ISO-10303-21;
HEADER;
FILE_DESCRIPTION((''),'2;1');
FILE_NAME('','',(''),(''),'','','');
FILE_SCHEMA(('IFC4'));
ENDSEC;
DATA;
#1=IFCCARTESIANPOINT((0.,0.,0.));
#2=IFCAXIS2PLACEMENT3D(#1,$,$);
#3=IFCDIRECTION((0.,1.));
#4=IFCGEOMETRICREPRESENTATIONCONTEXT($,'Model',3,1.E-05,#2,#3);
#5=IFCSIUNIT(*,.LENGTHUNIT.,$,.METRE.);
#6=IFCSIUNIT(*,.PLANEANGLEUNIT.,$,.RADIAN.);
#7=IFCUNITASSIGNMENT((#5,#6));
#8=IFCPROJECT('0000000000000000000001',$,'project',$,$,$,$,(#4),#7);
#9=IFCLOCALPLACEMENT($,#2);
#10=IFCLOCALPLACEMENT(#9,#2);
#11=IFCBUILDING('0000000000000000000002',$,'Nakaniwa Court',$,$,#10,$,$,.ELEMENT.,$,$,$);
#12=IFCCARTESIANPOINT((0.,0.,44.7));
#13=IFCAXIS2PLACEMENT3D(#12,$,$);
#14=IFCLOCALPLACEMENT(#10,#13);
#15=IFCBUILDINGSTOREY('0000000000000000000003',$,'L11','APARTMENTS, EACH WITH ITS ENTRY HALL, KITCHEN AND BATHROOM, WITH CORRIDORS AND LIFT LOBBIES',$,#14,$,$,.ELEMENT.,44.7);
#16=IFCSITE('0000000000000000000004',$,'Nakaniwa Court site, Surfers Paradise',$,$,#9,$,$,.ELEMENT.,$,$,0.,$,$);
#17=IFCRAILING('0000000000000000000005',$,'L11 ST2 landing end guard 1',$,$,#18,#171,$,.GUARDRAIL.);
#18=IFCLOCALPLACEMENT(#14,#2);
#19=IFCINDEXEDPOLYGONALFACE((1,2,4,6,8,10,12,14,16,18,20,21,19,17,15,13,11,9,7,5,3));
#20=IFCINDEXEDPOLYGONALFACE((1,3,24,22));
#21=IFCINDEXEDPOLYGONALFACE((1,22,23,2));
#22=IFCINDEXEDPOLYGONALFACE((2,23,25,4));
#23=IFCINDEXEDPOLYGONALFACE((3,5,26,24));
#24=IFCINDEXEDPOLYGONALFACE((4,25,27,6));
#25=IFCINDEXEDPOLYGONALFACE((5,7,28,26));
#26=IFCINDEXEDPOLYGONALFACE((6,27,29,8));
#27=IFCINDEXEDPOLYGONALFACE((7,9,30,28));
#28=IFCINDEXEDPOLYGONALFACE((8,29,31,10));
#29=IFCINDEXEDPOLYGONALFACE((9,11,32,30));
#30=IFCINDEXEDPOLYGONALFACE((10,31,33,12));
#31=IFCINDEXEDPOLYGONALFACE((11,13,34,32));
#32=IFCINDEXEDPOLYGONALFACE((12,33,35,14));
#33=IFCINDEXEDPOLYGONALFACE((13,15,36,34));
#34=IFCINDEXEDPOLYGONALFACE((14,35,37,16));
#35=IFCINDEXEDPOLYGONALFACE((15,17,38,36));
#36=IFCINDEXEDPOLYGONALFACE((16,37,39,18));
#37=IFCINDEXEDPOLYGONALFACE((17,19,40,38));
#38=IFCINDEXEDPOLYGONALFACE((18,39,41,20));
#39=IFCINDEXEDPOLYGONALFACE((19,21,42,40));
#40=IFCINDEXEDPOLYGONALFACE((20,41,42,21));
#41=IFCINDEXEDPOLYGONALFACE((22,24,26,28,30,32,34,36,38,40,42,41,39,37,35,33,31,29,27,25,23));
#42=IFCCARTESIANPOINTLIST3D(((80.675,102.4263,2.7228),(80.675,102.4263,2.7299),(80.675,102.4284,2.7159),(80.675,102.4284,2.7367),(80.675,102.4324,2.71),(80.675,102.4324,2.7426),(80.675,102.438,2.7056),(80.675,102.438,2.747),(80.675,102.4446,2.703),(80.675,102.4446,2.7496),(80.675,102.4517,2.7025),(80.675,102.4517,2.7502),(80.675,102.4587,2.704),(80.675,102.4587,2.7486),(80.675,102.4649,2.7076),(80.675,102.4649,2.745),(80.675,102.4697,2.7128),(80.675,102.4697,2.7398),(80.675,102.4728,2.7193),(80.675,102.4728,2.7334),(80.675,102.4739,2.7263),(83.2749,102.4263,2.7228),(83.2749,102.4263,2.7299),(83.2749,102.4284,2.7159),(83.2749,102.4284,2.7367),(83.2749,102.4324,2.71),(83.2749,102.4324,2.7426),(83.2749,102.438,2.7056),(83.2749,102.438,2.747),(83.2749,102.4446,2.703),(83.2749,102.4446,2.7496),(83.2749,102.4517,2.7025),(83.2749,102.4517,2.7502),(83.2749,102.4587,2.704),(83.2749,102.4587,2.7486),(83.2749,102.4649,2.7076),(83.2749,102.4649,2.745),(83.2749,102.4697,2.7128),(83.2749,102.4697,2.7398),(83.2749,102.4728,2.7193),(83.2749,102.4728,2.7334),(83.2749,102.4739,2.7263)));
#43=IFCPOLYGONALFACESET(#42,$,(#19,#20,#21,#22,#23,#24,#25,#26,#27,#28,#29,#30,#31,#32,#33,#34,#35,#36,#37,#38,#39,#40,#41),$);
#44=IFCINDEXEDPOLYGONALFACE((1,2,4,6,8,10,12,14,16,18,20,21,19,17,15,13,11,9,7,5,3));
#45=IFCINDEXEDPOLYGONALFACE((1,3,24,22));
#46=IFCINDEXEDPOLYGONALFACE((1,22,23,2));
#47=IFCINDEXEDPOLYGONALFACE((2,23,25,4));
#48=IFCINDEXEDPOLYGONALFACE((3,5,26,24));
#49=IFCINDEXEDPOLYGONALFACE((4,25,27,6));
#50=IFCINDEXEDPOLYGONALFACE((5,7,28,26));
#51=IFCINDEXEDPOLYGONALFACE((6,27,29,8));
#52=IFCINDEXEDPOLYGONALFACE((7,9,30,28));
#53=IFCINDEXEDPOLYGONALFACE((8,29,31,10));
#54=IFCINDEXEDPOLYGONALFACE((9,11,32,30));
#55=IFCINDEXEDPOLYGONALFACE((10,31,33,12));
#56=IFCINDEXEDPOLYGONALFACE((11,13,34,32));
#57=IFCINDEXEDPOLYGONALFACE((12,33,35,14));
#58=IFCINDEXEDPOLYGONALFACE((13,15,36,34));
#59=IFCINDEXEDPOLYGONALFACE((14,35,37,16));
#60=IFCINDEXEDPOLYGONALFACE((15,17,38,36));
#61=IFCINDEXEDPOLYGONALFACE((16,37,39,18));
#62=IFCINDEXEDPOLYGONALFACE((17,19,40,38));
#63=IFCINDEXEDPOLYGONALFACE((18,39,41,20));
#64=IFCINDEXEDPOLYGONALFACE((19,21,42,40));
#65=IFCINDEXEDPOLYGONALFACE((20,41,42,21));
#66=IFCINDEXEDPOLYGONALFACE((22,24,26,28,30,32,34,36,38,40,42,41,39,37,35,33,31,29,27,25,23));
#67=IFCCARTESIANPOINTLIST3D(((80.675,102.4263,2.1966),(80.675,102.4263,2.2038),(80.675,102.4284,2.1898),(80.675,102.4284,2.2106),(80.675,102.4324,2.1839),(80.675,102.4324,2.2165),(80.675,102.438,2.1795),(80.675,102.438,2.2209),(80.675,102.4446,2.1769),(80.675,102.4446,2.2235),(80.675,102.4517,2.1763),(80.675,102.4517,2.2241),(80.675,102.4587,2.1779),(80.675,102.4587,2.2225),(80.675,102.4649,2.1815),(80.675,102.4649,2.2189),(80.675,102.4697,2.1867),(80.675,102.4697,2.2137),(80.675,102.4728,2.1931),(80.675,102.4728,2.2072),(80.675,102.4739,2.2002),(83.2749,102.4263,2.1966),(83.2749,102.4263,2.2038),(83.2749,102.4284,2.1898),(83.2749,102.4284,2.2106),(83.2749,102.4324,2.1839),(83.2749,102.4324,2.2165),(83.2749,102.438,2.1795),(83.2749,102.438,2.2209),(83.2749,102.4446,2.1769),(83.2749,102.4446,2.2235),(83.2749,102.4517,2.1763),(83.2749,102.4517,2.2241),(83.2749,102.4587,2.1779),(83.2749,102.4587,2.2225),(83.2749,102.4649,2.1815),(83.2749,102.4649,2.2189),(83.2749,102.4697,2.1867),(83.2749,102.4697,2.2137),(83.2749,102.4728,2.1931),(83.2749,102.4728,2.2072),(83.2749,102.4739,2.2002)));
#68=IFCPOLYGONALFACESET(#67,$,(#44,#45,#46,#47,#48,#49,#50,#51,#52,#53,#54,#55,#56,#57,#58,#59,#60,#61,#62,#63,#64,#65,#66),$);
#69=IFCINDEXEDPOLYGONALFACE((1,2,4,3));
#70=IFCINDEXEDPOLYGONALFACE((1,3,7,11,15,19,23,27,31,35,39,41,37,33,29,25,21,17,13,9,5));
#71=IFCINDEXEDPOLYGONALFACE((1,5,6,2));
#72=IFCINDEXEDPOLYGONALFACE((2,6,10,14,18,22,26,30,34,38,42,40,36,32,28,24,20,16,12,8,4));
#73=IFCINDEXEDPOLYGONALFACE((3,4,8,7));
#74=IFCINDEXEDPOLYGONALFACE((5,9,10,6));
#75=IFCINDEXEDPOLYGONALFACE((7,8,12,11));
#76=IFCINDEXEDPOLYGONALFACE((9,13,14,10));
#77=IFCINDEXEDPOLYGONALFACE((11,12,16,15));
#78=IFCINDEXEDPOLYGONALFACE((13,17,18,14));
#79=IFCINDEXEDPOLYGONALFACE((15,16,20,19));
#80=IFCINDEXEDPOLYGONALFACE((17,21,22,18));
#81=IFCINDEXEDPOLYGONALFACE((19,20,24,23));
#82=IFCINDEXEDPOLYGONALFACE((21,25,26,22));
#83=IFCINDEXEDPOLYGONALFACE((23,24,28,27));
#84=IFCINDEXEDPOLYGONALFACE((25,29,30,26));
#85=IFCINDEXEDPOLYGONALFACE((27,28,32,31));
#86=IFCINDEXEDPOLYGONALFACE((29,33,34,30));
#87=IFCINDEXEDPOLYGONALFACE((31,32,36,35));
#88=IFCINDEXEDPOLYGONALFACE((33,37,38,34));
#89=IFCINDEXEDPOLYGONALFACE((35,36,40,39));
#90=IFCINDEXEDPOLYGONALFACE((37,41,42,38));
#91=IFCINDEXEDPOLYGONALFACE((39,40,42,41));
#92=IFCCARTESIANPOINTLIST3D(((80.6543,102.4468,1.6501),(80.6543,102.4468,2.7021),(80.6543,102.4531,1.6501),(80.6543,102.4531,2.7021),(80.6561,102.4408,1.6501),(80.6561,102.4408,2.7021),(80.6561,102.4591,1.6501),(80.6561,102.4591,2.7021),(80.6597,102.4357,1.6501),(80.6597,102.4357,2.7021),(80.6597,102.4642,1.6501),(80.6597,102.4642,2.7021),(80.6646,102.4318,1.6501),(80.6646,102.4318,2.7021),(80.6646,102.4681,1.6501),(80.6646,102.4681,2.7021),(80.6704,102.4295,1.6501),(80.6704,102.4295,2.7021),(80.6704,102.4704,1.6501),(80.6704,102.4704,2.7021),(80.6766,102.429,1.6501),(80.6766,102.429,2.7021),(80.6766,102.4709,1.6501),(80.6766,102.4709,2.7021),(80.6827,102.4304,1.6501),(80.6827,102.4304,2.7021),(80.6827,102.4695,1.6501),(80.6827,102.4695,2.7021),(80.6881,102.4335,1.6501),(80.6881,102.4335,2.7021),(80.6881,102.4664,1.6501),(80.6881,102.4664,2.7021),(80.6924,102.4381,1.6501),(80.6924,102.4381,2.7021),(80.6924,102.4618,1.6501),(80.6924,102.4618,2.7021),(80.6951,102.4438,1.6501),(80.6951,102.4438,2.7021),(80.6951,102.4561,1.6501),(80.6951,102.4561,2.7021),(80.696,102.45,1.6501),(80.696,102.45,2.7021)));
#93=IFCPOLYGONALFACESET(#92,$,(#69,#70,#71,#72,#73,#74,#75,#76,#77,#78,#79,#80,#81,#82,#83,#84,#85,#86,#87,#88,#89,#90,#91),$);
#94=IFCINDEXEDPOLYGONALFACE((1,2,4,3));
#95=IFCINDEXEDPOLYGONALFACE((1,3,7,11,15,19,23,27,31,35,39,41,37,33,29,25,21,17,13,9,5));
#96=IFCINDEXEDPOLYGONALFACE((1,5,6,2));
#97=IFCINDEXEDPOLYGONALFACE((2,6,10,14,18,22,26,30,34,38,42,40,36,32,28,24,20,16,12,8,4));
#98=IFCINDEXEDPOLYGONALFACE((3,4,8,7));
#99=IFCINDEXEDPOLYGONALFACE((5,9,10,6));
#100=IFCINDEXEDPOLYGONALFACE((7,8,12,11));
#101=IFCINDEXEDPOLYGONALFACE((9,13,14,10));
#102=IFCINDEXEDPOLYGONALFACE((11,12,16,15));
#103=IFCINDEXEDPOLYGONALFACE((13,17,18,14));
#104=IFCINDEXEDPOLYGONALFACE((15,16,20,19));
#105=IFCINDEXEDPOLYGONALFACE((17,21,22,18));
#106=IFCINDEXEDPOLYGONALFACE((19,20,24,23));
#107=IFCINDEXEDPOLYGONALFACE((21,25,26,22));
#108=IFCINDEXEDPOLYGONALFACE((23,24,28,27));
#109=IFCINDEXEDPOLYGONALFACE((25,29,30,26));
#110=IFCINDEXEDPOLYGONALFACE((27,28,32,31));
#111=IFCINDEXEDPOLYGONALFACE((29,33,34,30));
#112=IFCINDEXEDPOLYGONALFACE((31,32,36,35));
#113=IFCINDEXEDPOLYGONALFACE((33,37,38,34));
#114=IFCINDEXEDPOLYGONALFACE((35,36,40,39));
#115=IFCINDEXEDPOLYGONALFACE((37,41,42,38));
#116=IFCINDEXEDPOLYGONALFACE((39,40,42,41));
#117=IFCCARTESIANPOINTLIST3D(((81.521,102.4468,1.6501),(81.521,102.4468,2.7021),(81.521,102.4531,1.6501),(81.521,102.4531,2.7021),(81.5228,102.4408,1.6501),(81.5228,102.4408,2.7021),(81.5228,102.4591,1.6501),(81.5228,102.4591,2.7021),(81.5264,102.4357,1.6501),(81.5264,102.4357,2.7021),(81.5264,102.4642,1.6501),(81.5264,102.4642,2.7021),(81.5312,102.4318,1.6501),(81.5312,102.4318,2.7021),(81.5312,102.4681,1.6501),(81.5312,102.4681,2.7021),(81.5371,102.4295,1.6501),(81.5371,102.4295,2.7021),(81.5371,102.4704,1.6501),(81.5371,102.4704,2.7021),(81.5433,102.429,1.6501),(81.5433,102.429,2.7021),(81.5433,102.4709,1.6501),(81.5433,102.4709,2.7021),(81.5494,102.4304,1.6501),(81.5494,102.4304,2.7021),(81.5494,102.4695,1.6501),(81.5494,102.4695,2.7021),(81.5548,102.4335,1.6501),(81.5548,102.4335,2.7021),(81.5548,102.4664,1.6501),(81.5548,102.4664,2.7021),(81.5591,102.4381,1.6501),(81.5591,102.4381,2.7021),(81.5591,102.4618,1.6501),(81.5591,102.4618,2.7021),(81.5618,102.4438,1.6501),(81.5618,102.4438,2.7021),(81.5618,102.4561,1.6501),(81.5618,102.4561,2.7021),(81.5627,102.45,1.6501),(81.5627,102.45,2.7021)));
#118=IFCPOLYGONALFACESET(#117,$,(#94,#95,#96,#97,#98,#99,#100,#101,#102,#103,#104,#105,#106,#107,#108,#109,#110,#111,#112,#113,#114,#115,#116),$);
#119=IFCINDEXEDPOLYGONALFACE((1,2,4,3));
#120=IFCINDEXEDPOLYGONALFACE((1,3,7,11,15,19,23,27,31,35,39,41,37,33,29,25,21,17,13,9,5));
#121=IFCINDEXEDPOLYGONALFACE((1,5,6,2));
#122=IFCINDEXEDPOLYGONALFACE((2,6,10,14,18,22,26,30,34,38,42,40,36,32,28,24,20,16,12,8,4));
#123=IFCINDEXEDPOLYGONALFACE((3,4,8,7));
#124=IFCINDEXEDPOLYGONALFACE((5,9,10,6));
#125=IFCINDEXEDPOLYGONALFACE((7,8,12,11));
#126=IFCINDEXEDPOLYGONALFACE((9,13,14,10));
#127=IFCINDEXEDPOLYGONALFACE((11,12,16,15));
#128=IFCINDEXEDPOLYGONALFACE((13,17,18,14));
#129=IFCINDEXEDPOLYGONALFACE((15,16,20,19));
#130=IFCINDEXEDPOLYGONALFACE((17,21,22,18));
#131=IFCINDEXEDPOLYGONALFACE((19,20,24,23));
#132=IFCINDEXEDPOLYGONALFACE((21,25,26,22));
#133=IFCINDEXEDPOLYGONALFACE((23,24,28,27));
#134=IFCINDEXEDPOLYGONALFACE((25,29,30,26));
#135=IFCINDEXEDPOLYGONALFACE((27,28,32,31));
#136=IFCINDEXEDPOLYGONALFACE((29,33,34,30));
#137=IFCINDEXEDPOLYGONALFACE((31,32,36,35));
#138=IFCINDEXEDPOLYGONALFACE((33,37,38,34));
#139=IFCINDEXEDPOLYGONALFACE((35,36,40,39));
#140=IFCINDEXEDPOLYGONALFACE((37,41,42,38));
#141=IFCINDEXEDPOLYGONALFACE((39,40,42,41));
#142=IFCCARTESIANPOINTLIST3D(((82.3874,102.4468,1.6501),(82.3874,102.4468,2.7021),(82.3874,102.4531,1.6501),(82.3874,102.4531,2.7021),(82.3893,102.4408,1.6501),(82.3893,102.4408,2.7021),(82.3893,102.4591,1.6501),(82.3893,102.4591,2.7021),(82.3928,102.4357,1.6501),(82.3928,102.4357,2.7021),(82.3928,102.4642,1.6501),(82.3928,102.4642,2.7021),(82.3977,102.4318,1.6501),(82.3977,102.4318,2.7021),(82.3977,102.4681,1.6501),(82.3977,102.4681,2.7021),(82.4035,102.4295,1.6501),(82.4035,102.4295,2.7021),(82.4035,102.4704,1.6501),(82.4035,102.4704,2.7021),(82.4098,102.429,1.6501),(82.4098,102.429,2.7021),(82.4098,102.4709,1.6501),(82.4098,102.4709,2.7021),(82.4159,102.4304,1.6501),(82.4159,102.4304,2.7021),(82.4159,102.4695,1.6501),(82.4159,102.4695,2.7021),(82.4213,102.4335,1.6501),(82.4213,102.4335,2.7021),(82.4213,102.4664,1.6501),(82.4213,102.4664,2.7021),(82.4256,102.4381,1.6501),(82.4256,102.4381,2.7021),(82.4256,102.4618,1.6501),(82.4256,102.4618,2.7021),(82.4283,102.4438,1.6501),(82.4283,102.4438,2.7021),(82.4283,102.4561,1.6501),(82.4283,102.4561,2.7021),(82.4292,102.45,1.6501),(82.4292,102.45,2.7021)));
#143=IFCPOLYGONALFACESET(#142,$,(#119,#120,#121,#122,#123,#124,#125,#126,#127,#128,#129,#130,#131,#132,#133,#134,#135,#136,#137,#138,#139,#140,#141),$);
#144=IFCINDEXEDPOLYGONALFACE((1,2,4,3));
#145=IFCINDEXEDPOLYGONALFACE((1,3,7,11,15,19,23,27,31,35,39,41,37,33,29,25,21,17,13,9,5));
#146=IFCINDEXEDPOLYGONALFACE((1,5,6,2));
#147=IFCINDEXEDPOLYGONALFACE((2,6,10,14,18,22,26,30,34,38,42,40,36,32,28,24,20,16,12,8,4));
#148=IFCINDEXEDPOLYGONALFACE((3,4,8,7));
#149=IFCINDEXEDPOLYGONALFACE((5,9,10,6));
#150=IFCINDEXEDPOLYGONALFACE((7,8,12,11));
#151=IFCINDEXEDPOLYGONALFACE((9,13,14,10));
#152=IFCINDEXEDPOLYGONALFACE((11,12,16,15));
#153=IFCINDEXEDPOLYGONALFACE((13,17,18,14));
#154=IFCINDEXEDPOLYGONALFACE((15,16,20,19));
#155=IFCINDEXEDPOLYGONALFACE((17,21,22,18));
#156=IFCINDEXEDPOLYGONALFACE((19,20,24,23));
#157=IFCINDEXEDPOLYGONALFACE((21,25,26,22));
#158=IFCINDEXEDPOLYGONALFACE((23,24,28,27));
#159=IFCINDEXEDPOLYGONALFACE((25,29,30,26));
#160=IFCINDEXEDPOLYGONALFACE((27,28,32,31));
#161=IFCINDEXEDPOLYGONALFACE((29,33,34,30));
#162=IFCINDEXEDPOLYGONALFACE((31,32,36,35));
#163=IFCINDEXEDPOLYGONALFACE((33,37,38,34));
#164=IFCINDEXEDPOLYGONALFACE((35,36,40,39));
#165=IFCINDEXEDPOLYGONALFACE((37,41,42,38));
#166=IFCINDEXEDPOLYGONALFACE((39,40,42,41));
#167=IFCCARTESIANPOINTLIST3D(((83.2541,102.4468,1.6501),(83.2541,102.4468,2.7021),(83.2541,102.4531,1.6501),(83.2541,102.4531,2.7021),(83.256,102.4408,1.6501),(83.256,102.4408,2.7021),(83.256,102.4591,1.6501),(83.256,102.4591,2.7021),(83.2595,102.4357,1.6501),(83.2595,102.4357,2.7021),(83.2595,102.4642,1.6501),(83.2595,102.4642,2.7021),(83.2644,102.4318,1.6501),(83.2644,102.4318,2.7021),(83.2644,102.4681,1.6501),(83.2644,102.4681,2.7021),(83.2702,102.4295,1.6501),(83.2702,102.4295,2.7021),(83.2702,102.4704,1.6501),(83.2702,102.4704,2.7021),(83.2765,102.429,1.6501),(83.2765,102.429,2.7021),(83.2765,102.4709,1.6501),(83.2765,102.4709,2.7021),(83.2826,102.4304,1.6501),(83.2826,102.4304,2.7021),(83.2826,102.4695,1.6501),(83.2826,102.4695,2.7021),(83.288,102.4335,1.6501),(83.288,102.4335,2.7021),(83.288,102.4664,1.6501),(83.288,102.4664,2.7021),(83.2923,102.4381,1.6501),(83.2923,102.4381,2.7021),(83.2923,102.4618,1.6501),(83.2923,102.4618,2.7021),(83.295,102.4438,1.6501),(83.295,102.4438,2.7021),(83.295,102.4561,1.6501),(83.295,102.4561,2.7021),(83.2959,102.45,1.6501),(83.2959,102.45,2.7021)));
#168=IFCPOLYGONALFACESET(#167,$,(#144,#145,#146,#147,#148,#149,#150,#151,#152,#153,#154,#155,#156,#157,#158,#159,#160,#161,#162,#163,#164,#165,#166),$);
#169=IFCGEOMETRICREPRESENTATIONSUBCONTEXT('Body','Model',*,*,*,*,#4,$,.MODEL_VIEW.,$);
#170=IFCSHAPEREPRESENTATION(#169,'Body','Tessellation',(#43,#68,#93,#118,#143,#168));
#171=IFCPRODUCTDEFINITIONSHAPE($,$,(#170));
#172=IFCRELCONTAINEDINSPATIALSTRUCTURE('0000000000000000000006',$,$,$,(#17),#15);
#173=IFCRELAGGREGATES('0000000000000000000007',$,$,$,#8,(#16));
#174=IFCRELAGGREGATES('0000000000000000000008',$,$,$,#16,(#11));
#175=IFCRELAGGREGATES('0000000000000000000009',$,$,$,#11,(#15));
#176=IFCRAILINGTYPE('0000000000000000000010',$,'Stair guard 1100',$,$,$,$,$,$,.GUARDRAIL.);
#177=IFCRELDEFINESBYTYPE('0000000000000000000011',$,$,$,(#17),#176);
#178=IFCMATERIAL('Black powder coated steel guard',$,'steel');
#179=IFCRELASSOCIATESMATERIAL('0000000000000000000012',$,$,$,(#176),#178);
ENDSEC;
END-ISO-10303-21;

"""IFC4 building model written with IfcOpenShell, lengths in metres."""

from ifc_helpers import new_model, si_unit, direction, frame, origin, origin_2d, place, context, subcontext, project, spatial, circle, extrude, material, type_object, element, save


model = new_model("IFC4")

# Units and contexts
model_context = context("Model", 3, precision=1e-05, world=origin(), true_north=direction((0.0, 1.0)))
body_context = subcontext(model_context, "Body", "Model", "MODEL_VIEW")
ifc_project = project(units=[si_unit("LENGTHUNIT", "METRE"), si_unit("PLANEANGLEUNIT", "RADIAN")], contexts=[model_context])

# Site, building, storey
site_placement = place(None, origin())
site = spatial("IfcSite", under=ifc_project, at=site_placement, Name="Nakaniwa Court site, Surfers Paradise", CompositionType="ELEMENT", RefElevation=0.0)
building_placement = place(site_placement, origin())
building = spatial("IfcBuilding", under=site, at=building_placement, Name="Nakaniwa Court", CompositionType="ELEMENT")
storey_placement = place(building_placement, frame((0.0, 0.0, 44.7)))
storey = spatial("IfcBuildingStorey", under=building, at=storey_placement, Name="L11", Description="APARTMENTS, EACH WITH ITS ENTRY HALL, KITCHEN AND BATHROOM, WITH CORRIDORS AND LIFT LOBBIES", CompositionType="ELEMENT", Elevation=44.7)

# Railing
ifc_material_1 = material(Name="Black powder coated steel guard", Category="steel")
railing_type_1 = type_object("IfcRailingType", Name="Stair guard 1100", PredefinedType="GUARDRAIL", material=ifc_material_1)
railing_1_placement = place(storey_placement, frame((80.675, 102.45, 1.6501)))
element("IfcRailing", 1, at=railing_1_placement, inside=storey, type_object=railing_type_1, Name="L11 ST2 landing end guard 1", PredefinedType="GUARDRAIL", context=body_context, shape_type="SweptSolid", body=[
    extrude(circle(Radius=0.0239, at=origin_2d()), frame((0.0, 0.0, 1.0762), z_axis=(1.0, 0.0, 0.0), x_axis=(0.0, 1.0, 0.0)), (0.0, 0.0, 1.0), 2.5999),
    extrude(circle(Radius=0.0239, at=origin_2d()), frame((0.0, 0.0, 0.55), z_axis=(1.0, 0.0, 0.0), x_axis=(0.0, 1.0, 0.0)), (0.0, 0.0, 1.0), 2.5999),
    extrude(circle(Radius=0.021, at=origin_2d()), origin(), (0.0, 0.0, 1.0), 1.052),
    extrude(circle(Radius=0.021, at=origin_2d()), frame((0.8667, 0.0, 0.0)), (0.0, 0.0, 1.0), 1.052),
    extrude(circle(Radius=0.021, at=origin_2d()), frame((1.7332, 0.0, 0.0)), (0.0, 0.0, 1.0), 1.052),
    extrude(circle(Radius=0.021, at=origin_2d()), frame((2.5999, 0.0, 0.0)), (0.0, 0.0, 1.0), 1.052),
])

save(model, "model.ifc")
